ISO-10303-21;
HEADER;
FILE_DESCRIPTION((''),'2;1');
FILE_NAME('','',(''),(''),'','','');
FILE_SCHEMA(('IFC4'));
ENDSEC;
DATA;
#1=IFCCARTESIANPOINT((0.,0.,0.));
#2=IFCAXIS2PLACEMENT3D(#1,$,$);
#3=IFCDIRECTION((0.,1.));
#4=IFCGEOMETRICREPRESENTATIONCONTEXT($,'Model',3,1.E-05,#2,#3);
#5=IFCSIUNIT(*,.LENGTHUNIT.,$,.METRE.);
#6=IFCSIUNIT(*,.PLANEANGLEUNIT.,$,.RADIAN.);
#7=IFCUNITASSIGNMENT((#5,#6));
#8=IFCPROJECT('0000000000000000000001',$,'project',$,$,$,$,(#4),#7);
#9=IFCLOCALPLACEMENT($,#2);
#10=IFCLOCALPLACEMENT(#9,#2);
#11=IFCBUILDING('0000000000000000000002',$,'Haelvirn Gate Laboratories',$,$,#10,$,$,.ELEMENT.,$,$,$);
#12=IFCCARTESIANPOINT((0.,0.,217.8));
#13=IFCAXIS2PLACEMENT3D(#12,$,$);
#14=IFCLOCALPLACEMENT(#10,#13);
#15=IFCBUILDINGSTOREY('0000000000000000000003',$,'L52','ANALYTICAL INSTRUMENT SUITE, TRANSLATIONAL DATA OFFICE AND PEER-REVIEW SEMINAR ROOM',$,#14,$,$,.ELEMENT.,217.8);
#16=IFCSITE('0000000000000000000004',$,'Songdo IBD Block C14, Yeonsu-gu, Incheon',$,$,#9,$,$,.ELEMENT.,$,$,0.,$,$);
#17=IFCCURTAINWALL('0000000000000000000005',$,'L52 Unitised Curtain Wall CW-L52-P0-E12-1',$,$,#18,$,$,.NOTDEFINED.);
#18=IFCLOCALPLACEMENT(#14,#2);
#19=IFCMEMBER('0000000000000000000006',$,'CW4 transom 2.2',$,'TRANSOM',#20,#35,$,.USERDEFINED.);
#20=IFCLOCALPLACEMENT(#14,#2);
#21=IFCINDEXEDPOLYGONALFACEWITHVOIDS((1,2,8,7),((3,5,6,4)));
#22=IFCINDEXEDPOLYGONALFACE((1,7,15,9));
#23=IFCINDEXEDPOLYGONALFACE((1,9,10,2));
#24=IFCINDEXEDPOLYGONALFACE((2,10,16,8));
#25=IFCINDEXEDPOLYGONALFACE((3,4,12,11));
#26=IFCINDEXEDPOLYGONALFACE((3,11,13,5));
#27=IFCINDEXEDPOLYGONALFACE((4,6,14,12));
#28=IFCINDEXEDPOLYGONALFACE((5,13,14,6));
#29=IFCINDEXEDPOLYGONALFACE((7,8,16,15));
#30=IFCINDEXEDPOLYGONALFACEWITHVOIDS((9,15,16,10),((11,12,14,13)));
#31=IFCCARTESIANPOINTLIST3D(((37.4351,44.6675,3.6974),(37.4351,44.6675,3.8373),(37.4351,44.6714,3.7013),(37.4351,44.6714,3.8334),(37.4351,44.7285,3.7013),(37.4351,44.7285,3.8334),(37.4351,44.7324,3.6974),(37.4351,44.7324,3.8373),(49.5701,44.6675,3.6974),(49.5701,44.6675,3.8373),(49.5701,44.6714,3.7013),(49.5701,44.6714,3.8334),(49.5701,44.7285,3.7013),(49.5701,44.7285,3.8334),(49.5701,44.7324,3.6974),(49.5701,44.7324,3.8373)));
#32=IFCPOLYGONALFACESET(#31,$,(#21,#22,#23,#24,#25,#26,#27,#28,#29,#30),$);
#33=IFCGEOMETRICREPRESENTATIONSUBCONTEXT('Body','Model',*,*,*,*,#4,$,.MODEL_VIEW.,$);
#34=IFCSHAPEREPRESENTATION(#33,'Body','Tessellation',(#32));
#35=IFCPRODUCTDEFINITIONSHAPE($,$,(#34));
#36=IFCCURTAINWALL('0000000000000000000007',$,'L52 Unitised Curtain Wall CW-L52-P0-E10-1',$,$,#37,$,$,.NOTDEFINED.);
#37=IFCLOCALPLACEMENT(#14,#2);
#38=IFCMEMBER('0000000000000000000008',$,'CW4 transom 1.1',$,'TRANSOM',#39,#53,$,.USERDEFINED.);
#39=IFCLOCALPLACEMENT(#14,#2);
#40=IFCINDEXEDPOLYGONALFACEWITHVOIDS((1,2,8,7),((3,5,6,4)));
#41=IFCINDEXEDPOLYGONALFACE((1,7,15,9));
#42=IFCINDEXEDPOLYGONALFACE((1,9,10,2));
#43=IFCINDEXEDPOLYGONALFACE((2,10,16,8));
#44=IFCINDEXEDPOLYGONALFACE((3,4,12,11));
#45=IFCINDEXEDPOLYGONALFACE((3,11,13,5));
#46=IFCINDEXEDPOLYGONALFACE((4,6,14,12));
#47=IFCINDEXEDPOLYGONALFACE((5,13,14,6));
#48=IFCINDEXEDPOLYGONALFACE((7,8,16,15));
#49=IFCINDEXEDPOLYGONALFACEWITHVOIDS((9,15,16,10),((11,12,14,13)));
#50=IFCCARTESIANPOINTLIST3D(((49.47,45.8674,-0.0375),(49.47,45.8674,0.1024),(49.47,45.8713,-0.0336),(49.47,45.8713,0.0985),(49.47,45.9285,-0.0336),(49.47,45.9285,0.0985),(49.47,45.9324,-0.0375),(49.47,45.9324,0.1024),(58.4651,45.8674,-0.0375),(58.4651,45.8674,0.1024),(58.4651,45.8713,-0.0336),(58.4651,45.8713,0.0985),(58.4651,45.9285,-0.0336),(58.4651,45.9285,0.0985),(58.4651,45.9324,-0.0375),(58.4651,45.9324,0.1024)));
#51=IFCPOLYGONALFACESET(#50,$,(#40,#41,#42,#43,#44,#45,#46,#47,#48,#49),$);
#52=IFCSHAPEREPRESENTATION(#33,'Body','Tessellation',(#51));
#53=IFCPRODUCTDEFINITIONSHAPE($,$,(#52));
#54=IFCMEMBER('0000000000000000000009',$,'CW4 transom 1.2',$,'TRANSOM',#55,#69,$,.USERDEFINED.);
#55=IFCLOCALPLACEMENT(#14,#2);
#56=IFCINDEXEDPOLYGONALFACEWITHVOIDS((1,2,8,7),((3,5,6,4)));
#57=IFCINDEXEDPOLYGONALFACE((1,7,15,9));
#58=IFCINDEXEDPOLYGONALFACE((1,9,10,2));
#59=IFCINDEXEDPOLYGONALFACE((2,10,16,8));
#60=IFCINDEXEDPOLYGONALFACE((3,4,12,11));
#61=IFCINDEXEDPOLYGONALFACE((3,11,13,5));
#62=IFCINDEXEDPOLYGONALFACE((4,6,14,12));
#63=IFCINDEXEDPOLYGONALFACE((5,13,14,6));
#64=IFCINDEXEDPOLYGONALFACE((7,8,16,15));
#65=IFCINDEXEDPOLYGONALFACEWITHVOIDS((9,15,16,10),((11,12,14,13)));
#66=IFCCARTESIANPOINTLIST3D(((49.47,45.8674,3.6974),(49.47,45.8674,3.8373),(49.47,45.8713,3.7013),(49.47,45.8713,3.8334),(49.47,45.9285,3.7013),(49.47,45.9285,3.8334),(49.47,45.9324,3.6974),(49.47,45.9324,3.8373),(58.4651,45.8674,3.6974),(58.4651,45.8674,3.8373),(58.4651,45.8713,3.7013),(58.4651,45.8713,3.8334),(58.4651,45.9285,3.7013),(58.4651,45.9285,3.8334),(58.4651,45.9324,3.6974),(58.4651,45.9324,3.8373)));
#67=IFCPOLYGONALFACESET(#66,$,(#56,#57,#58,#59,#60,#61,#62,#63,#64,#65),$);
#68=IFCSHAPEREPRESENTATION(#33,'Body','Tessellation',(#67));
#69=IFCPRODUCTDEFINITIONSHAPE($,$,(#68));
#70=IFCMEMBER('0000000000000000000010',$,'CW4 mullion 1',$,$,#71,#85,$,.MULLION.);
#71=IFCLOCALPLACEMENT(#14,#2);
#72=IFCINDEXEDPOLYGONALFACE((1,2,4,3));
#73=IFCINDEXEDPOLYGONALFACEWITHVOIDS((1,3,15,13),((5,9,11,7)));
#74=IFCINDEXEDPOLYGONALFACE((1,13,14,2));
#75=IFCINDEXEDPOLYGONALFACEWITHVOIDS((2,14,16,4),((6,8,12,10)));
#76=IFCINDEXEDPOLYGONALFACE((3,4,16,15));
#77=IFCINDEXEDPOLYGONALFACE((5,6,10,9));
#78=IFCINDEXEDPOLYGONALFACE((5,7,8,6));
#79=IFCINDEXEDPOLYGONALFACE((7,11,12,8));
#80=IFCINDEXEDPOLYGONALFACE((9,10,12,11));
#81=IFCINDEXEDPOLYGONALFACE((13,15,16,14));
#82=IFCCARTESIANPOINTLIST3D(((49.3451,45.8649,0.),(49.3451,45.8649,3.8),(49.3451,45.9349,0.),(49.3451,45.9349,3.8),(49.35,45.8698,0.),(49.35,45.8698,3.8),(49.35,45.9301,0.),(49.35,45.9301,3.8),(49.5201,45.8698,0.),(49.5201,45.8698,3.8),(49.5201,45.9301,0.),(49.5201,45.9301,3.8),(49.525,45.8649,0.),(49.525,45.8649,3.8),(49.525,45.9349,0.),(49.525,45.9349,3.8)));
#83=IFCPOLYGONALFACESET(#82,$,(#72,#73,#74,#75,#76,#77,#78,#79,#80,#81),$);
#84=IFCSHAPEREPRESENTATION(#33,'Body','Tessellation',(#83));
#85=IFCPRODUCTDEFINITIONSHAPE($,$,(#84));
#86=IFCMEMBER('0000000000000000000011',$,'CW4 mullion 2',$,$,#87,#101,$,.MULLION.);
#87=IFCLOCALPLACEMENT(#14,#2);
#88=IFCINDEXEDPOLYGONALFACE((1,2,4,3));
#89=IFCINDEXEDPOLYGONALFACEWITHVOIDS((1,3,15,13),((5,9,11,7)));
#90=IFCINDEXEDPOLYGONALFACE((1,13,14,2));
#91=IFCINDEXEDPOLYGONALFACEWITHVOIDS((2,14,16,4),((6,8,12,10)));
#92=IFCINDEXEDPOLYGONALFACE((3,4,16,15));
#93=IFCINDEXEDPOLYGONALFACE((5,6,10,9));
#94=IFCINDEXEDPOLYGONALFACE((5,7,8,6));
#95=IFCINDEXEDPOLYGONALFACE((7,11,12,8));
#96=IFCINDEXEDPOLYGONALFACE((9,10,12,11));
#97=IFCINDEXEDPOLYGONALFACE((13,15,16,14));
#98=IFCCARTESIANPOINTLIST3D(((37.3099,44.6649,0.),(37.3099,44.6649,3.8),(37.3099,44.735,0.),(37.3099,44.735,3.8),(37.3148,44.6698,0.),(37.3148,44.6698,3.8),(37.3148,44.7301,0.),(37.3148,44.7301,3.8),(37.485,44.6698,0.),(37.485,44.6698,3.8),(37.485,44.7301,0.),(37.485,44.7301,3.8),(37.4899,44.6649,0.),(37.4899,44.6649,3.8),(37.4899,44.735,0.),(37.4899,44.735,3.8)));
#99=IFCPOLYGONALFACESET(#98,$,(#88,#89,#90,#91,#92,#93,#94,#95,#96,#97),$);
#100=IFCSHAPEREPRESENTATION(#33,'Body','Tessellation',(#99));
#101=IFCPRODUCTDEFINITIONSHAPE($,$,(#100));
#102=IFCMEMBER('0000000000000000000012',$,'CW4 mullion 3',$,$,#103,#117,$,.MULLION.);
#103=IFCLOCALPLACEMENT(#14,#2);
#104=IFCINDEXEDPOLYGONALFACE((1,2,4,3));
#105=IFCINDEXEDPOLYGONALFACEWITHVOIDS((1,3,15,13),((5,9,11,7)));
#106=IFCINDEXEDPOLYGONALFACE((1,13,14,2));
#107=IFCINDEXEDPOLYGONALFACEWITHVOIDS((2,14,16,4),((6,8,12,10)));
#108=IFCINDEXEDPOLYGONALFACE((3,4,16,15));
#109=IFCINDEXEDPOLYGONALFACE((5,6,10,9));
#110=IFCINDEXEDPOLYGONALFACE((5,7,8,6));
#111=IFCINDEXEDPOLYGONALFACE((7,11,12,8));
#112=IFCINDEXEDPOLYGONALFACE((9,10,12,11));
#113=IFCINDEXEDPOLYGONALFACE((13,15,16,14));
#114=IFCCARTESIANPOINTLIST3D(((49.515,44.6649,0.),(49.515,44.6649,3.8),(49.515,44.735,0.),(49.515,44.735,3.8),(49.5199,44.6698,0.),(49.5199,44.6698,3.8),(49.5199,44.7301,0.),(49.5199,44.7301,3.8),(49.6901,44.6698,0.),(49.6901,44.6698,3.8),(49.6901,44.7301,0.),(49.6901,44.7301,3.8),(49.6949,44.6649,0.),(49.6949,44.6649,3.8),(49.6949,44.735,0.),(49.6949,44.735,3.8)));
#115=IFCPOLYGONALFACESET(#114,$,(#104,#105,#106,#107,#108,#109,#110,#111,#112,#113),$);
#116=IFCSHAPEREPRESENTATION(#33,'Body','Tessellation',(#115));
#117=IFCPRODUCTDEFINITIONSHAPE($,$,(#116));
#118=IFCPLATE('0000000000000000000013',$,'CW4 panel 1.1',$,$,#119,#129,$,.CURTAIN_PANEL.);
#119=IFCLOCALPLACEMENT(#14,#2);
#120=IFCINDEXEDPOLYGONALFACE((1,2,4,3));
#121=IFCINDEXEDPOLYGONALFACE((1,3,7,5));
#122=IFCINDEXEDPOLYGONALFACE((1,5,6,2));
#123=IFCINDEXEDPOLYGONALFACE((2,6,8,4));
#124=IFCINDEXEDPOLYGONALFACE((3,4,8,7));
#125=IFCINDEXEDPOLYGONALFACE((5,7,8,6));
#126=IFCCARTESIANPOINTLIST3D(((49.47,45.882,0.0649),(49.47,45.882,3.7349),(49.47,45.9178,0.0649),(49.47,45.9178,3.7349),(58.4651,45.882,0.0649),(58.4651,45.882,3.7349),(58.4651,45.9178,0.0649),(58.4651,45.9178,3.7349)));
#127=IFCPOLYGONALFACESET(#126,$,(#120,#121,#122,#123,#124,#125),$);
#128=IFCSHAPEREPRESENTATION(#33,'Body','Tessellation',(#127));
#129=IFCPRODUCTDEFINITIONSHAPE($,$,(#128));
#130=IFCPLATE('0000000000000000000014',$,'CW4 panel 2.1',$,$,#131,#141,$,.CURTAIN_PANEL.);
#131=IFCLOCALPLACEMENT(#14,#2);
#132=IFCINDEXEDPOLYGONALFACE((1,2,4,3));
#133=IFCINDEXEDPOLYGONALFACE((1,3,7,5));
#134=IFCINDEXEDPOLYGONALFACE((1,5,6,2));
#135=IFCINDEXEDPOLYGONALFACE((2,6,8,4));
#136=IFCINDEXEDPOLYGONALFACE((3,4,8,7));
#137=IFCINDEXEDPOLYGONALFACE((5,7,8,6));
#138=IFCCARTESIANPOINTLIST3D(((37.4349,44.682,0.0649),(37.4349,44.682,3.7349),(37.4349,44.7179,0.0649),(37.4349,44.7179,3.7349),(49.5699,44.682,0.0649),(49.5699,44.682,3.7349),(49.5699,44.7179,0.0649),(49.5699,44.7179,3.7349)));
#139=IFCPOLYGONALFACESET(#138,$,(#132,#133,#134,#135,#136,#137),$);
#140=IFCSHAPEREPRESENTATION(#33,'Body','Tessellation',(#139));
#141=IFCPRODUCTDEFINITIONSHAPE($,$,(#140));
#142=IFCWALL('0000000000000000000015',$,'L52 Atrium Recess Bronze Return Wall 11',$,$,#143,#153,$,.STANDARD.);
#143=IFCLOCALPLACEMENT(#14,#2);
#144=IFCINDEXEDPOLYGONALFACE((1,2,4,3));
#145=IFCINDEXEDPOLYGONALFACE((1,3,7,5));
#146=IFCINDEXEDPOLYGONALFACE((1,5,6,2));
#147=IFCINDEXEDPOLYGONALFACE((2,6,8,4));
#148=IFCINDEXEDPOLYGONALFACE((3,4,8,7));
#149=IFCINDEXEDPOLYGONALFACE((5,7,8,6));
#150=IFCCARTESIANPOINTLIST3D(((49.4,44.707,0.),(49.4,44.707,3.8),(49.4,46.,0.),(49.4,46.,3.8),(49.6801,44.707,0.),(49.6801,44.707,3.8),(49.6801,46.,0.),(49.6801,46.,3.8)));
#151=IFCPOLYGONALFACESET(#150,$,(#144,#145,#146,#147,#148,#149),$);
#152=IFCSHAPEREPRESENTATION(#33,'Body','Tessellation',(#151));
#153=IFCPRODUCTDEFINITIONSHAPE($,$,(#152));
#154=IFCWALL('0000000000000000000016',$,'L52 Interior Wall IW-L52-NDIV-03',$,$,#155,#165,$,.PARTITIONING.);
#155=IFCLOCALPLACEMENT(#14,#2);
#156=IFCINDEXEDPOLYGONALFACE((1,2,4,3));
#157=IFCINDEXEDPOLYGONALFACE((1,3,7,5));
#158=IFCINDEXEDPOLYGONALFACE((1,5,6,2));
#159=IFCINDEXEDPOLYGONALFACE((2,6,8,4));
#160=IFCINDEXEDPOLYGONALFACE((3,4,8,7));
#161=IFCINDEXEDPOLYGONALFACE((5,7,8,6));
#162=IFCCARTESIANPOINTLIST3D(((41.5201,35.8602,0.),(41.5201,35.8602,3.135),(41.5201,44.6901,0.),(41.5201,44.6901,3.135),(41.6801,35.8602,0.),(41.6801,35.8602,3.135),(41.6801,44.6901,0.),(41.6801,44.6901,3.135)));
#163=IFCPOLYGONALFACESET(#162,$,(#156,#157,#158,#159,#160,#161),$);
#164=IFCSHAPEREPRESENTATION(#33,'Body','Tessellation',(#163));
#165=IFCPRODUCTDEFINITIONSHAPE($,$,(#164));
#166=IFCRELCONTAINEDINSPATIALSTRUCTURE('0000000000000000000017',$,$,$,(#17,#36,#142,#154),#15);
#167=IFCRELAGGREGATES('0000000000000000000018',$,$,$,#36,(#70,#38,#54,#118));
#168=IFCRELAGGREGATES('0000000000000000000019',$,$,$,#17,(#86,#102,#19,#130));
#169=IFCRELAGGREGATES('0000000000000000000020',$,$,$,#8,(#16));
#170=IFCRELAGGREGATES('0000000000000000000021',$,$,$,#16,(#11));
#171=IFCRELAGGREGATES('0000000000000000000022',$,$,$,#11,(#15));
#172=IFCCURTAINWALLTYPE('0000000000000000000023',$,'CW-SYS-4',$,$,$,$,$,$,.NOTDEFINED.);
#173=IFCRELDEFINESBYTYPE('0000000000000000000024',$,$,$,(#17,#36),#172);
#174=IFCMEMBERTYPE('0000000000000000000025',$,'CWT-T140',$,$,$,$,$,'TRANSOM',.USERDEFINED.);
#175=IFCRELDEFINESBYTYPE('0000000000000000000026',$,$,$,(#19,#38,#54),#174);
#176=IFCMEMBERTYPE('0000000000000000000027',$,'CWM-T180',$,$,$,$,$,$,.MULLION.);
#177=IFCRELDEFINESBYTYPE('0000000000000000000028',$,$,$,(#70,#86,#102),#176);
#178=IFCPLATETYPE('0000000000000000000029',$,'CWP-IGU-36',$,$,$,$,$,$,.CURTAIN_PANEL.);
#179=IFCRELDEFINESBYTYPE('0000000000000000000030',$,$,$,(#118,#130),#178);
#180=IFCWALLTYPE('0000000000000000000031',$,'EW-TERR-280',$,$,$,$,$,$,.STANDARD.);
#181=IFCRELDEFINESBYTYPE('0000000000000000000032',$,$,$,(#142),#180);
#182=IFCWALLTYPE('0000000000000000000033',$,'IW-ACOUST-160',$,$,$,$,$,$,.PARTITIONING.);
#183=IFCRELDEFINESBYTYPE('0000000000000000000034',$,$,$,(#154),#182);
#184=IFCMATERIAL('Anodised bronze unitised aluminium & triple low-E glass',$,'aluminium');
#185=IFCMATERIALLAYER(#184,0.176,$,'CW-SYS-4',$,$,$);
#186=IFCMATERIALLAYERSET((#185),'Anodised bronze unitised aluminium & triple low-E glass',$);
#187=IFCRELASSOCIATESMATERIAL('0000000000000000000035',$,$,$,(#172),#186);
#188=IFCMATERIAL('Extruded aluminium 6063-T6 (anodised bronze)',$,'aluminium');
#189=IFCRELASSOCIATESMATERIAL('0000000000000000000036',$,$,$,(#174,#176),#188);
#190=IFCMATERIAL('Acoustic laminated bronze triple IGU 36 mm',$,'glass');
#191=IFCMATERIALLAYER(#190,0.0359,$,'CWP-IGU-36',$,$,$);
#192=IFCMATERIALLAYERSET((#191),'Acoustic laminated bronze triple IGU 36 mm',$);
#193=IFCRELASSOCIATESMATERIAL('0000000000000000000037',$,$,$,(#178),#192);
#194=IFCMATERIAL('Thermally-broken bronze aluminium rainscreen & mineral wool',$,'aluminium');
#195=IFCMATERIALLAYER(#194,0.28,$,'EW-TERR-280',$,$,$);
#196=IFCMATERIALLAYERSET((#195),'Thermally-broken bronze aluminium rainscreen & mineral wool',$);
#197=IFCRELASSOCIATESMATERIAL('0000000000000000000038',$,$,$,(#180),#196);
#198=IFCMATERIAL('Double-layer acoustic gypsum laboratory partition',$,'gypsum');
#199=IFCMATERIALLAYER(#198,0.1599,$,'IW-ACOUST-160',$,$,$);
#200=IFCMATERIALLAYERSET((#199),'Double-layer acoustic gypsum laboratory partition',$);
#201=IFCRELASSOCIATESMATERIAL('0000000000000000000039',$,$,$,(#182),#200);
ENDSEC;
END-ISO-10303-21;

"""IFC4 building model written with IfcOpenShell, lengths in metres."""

from ifc_helpers import new_model, si_unit, direction, frame, frame_2d, origin, origin_2d, place, context, subcontext, project, spatial, rectangle, hollow_rectangle, extrude, source, transform, mapped, material, layer, layer_set, material_profile, profile_set, type_object, type_shapes, element, aggregate, save


model = new_model("IFC4")

# Units and contexts
model_context = context("Model", 3, precision=1e-05, world=origin(), true_north=direction((0.0, 1.0)))
body_context = subcontext(model_context, "Body", "Model", "MODEL_VIEW")
ifc_project = project(units=[si_unit("LENGTHUNIT", "METRE"), si_unit("PLANEANGLEUNIT", "RADIAN")], contexts=[model_context])

# Site, building, storey
site_placement = place(None, origin())
site = spatial("IfcSite", under=ifc_project, at=site_placement, Name="Songdo IBD Block C14, Yeonsu-gu, Incheon", CompositionType="ELEMENT", RefElevation=0.0)
building_placement = place(site_placement, origin())
building = spatial("IfcBuilding", under=site, at=building_placement, Name="Haelvirn Gate Laboratories", CompositionType="ELEMENT")
storey_placement = place(building_placement, frame((0.0, 0.0, 217.8)))
storey = spatial("IfcBuildingStorey", under=building, at=storey_placement, Name="L52", Description="ANALYTICAL INSTRUMENT SUITE, TRANSLATIONAL DATA OFFICE AND PEER-REVIEW SEMINAR ROOM", CompositionType="ELEMENT", Elevation=217.8)

# Curtain walls, members
ifc_material_1 = material(Name="Anodised bronze unitised aluminium & triple low-E glass", Category="aluminium")
ifc_layer_1 = layer(ifc_material_1, 0.176, Name="CW-SYS-4")
ifc_layer_set_1 = layer_set([ifc_layer_1], Name="Anodised bronze unitised aluminium & triple low-E glass")
curtain_wall_type = type_object("IfcCurtainWallType", Name="CW-SYS-4", PredefinedType="NOTDEFINED", material=ifc_layer_set_1)
curtain_wall_1_placement = place(storey_placement, origin())
curtain_wall_1 = element("IfcCurtainWall", 1, at=curtain_wall_1_placement, inside=storey, type_object=curtain_wall_type, Name="L52 Unitised Curtain Wall CW-L52-P0-E12-1", PredefinedType="NOTDEFINED")
ifc_material_2 = material(Name="Extruded aluminium 6063-T6 (anodised bronze)", Category="aluminium")
ifc_material_profile_1 = material_profile(ifc_material_2, hollow_rectangle(XDim=0.0649, YDim=0.1399, WallThickness=0.0039, at=origin_2d()), Name="CWT-140x65x4")
ifc_profile_set_1 = profile_set([ifc_material_profile_1], Name="Extruded aluminium 6063-T6 (anodised bronze)")
member_type_1 = type_object("IfcMemberType", Name="CWT-T140", ElementType="TRANSOM", PredefinedType="USERDEFINED", material=ifc_profile_set_1)
shared_shape_1 = source(origin(), body_context, "Body", "SweptSolid", [
    extrude(hollow_rectangle(XDim=0.0649, YDim=0.1399, WallThickness=0.0039, at=origin_2d()), origin(), (0.0, 0.0, 1.0), 12.135),
])
member_1_placement = place(storey_placement, frame((37.4351, 44.7, 3.7673), z_axis=(1.0, 0.0, 0.0), x_axis=(0.0, 1.0, 0.0)))
member_1 = element("IfcMember", 2, at=member_1_placement, type_object=member_type_1, Name="CW4 transom 2.2", ObjectType="TRANSOM", PredefinedType="USERDEFINED", context=body_context, shape_type="MappedRepresentation", body=[
    mapped(shared_shape_1, transform((0.0, 0.0, 0.0), scale=1.0)),
])
curtain_wall_2_placement = place(storey_placement, origin())
curtain_wall_2 = element("IfcCurtainWall", 3, at=curtain_wall_2_placement, inside=storey, type_object=curtain_wall_type, Name="L52 Unitised Curtain Wall CW-L52-P0-E10-1", PredefinedType="NOTDEFINED")
shared_shape_2 = source(origin(), body_context, "Body", "SweptSolid", [
    extrude(hollow_rectangle(XDim=0.0649, YDim=0.1399, WallThickness=0.0039, at=origin_2d()), origin(), (0.0, 0.0, 1.0), 8.9951),
])
type_shapes(member_type_1, [shared_shape_1, shared_shape_2])
member_2_placement = place(storey_placement, frame((49.47, 45.8999, 0.0325), z_axis=(1.0, 0.0, 0.0), x_axis=(0.0, 1.0, 0.0)))
member_2 = element("IfcMember", 4, at=member_2_placement, type_object=member_type_1, Name="CW4 transom 1.1", ObjectType="TRANSOM", PredefinedType="USERDEFINED", context=body_context, shape_type="MappedRepresentation", body=[
    mapped(shared_shape_2, transform((0.0, 0.0, 0.0), scale=1.0)),
])
member_3_placement = place(storey_placement, frame((49.47, 45.8999, 3.7673), z_axis=(1.0, 0.0, 0.0), x_axis=(0.0, 1.0, 0.0)))
member_3 = element("IfcMember", 5, at=member_3_placement, type_object=member_type_1, Name="CW4 transom 1.2", ObjectType="TRANSOM", PredefinedType="USERDEFINED", context=body_context, shape_type="MappedRepresentation", body=[
    mapped(shared_shape_2, transform((0.0, 0.0, 0.0), scale=1.0)),
])
ifc_material_profile_2 = material_profile(ifc_material_2, hollow_rectangle(XDim=0.0701, YDim=0.1799, WallThickness=0.0049, at=origin_2d()), Name="CWM-180x70x5")
ifc_profile_set_2 = profile_set([ifc_material_profile_2], Name="Extruded aluminium 6063-T6 (anodised bronze)")
member_type_2 = type_object("IfcMemberType", Name="CWM-T180", PredefinedType="MULLION", material=ifc_profile_set_2)
shared_shape_3 = source(origin(), body_context, "Body", "SweptSolid", [
    extrude(hollow_rectangle(XDim=0.0701, YDim=0.1799, WallThickness=0.0049, at=origin_2d()), origin(), (0.0, 0.0, 1.0), 3.8),
])
type_shapes(member_type_2, [shared_shape_3])
member_4_placement = place(storey_placement, frame((49.4351, 45.8999, 0.0), z_axis=(0.0, 0.0, 1.0), x_axis=(0.0, 1.0, 0.0)))
member_4 = element("IfcMember", 6, at=member_4_placement, type_object=member_type_2, Name="CW4 mullion 1", PredefinedType="MULLION", context=body_context, shape_type="MappedRepresentation", body=[
    mapped(shared_shape_3, transform((0.0, 0.0, 0.0), scale=1.0)),
])

# Members
member_5_placement = place(storey_placement, frame((37.3999, 44.7, 0.0), z_axis=(0.0, 0.0, 1.0), x_axis=(0.0, 1.0, 0.0)))
member_5 = element("IfcMember", 7, at=member_5_placement, type_object=member_type_2, Name="CW4 mullion 2", PredefinedType="MULLION", context=body_context, shape_type="MappedRepresentation", body=[
    mapped(shared_shape_3, transform((0.0, 0.0, 0.0), scale=1.0)),
])
member_6_placement = place(storey_placement, frame((49.605, 44.7, 0.0), z_axis=(0.0, 0.0, 1.0), x_axis=(0.0, 1.0, 0.0)))
member_6 = element("IfcMember", 8, at=member_6_placement, type_object=member_type_2, Name="CW4 mullion 3", PredefinedType="MULLION", context=body_context, shape_type="MappedRepresentation", body=[
    mapped(shared_shape_3, transform((0.0, 0.0, 0.0), scale=1.0)),
])

# Plates
ifc_material_3 = material(Name="Acoustic laminated bronze triple IGU 36 mm", Category="glass")
ifc_layer_2 = layer(ifc_material_3, 0.0359, Name="CWP-IGU-36")
ifc_layer_set_2 = layer_set([ifc_layer_2], Name="Acoustic laminated bronze triple IGU 36 mm")
plate_type = type_object("IfcPlateType", Name="CWP-IGU-36", PredefinedType="CURTAIN_PANEL", material=ifc_layer_set_2)
shared_shape_4 = source(origin(), body_context, "Body", "SweptSolid", [
    extrude(rectangle(XDim=8.9951, YDim=0.0359, at=origin_2d()), origin(), (0.0, 0.0, 1.0), 3.6699),
])
plate_1_placement = place(storey_placement, frame((53.9675, 45.8999, 0.0649), z_axis=(0.0, 0.0, 1.0), x_axis=(1.0, 0.0, 0.0)))
plate_1 = element("IfcPlate", 9, at=plate_1_placement, type_object=plate_type, Name="CW4 panel 1.1", PredefinedType="CURTAIN_PANEL", context=body_context, shape_type="MappedRepresentation", body=[
    mapped(shared_shape_4, transform((0.0, 0.0, 0.0), scale=1.0)),
])
aggregate(curtain_wall_2, [member_4, member_2, member_3, plate_1])
shared_shape_5 = source(origin(), body_context, "Body", "SweptSolid", [
    extrude(rectangle(XDim=12.135, YDim=0.0359, at=origin_2d()), origin(), (0.0, 0.0, 1.0), 3.6699),
])
type_shapes(plate_type, [shared_shape_4, shared_shape_5])
plate_2_placement = place(storey_placement, frame((43.5024, 44.7, 0.0649), z_axis=(0.0, 0.0, 1.0), x_axis=(1.0, 0.0, 0.0)))
plate_2 = element("IfcPlate", 10, at=plate_2_placement, type_object=plate_type, Name="CW4 panel 2.1", PredefinedType="CURTAIN_PANEL", context=body_context, shape_type="MappedRepresentation", body=[
    mapped(shared_shape_5, transform((0.0, 0.0, 0.0), scale=1.0)),
])
aggregate(curtain_wall_1, [member_5, member_6, member_1, plate_2])

# Walls
ifc_material_4 = material(Name="Thermally-broken bronze aluminium rainscreen & mineral wool", Category="aluminium")
ifc_layer_3 = layer(ifc_material_4, 0.28, Name="EW-TERR-280")
ifc_layer_set_3 = layer_set([ifc_layer_3], Name="Thermally-broken bronze aluminium rainscreen & mineral wool")
wall_type_1 = type_object("IfcWallType", Name="EW-TERR-280", PredefinedType="STANDARD", material=ifc_layer_set_3)
wall_1_placement = place(storey_placement, frame((49.54, 46.0, 0.0), z_axis=(0.0, 0.0, 1.0), x_axis=(0.0, -1.0, 0.0)))
element("IfcWall", 11, at=wall_1_placement, inside=storey, type_object=wall_type_1, Name="L52 Atrium Recess Bronze Return Wall 11", PredefinedType="STANDARD", context=body_context, shape_type="SweptSolid", body=[
    extrude(rectangle(XDim=1.293, YDim=0.28, at=frame_2d((0.6465, 0.0))), origin(), (0.0, 0.0, 1.0), 3.8),
])
ifc_material_5 = material(Name="Double-layer acoustic gypsum laboratory partition", Category="gypsum")
ifc_layer_4 = layer(ifc_material_5, 0.1599, Name="IW-ACOUST-160")
ifc_layer_set_4 = layer_set([ifc_layer_4], Name="Double-layer acoustic gypsum laboratory partition")
wall_type_2 = type_object("IfcWallType", Name="IW-ACOUST-160", PredefinedType="PARTITIONING", material=ifc_layer_set_4)
wall_2_placement = place(storey_placement, frame((41.6001, 35.8601, 0.0), z_axis=(0.0, 0.0, 1.0), x_axis=(0.0, 1.0, 0.0)))
element("IfcWall", 12, at=wall_2_placement, inside=storey, type_object=wall_type_2, Name="L52 Interior Wall IW-L52-NDIV-03", PredefinedType="PARTITIONING", context=body_context, shape_type="SweptSolid", body=[
    extrude(rectangle(XDim=8.8298, YDim=0.1599, at=frame_2d((4.415, 0.0))), origin(), (0.0, 0.0, 1.0), 3.135),
])

save(model, "model.ifc")
